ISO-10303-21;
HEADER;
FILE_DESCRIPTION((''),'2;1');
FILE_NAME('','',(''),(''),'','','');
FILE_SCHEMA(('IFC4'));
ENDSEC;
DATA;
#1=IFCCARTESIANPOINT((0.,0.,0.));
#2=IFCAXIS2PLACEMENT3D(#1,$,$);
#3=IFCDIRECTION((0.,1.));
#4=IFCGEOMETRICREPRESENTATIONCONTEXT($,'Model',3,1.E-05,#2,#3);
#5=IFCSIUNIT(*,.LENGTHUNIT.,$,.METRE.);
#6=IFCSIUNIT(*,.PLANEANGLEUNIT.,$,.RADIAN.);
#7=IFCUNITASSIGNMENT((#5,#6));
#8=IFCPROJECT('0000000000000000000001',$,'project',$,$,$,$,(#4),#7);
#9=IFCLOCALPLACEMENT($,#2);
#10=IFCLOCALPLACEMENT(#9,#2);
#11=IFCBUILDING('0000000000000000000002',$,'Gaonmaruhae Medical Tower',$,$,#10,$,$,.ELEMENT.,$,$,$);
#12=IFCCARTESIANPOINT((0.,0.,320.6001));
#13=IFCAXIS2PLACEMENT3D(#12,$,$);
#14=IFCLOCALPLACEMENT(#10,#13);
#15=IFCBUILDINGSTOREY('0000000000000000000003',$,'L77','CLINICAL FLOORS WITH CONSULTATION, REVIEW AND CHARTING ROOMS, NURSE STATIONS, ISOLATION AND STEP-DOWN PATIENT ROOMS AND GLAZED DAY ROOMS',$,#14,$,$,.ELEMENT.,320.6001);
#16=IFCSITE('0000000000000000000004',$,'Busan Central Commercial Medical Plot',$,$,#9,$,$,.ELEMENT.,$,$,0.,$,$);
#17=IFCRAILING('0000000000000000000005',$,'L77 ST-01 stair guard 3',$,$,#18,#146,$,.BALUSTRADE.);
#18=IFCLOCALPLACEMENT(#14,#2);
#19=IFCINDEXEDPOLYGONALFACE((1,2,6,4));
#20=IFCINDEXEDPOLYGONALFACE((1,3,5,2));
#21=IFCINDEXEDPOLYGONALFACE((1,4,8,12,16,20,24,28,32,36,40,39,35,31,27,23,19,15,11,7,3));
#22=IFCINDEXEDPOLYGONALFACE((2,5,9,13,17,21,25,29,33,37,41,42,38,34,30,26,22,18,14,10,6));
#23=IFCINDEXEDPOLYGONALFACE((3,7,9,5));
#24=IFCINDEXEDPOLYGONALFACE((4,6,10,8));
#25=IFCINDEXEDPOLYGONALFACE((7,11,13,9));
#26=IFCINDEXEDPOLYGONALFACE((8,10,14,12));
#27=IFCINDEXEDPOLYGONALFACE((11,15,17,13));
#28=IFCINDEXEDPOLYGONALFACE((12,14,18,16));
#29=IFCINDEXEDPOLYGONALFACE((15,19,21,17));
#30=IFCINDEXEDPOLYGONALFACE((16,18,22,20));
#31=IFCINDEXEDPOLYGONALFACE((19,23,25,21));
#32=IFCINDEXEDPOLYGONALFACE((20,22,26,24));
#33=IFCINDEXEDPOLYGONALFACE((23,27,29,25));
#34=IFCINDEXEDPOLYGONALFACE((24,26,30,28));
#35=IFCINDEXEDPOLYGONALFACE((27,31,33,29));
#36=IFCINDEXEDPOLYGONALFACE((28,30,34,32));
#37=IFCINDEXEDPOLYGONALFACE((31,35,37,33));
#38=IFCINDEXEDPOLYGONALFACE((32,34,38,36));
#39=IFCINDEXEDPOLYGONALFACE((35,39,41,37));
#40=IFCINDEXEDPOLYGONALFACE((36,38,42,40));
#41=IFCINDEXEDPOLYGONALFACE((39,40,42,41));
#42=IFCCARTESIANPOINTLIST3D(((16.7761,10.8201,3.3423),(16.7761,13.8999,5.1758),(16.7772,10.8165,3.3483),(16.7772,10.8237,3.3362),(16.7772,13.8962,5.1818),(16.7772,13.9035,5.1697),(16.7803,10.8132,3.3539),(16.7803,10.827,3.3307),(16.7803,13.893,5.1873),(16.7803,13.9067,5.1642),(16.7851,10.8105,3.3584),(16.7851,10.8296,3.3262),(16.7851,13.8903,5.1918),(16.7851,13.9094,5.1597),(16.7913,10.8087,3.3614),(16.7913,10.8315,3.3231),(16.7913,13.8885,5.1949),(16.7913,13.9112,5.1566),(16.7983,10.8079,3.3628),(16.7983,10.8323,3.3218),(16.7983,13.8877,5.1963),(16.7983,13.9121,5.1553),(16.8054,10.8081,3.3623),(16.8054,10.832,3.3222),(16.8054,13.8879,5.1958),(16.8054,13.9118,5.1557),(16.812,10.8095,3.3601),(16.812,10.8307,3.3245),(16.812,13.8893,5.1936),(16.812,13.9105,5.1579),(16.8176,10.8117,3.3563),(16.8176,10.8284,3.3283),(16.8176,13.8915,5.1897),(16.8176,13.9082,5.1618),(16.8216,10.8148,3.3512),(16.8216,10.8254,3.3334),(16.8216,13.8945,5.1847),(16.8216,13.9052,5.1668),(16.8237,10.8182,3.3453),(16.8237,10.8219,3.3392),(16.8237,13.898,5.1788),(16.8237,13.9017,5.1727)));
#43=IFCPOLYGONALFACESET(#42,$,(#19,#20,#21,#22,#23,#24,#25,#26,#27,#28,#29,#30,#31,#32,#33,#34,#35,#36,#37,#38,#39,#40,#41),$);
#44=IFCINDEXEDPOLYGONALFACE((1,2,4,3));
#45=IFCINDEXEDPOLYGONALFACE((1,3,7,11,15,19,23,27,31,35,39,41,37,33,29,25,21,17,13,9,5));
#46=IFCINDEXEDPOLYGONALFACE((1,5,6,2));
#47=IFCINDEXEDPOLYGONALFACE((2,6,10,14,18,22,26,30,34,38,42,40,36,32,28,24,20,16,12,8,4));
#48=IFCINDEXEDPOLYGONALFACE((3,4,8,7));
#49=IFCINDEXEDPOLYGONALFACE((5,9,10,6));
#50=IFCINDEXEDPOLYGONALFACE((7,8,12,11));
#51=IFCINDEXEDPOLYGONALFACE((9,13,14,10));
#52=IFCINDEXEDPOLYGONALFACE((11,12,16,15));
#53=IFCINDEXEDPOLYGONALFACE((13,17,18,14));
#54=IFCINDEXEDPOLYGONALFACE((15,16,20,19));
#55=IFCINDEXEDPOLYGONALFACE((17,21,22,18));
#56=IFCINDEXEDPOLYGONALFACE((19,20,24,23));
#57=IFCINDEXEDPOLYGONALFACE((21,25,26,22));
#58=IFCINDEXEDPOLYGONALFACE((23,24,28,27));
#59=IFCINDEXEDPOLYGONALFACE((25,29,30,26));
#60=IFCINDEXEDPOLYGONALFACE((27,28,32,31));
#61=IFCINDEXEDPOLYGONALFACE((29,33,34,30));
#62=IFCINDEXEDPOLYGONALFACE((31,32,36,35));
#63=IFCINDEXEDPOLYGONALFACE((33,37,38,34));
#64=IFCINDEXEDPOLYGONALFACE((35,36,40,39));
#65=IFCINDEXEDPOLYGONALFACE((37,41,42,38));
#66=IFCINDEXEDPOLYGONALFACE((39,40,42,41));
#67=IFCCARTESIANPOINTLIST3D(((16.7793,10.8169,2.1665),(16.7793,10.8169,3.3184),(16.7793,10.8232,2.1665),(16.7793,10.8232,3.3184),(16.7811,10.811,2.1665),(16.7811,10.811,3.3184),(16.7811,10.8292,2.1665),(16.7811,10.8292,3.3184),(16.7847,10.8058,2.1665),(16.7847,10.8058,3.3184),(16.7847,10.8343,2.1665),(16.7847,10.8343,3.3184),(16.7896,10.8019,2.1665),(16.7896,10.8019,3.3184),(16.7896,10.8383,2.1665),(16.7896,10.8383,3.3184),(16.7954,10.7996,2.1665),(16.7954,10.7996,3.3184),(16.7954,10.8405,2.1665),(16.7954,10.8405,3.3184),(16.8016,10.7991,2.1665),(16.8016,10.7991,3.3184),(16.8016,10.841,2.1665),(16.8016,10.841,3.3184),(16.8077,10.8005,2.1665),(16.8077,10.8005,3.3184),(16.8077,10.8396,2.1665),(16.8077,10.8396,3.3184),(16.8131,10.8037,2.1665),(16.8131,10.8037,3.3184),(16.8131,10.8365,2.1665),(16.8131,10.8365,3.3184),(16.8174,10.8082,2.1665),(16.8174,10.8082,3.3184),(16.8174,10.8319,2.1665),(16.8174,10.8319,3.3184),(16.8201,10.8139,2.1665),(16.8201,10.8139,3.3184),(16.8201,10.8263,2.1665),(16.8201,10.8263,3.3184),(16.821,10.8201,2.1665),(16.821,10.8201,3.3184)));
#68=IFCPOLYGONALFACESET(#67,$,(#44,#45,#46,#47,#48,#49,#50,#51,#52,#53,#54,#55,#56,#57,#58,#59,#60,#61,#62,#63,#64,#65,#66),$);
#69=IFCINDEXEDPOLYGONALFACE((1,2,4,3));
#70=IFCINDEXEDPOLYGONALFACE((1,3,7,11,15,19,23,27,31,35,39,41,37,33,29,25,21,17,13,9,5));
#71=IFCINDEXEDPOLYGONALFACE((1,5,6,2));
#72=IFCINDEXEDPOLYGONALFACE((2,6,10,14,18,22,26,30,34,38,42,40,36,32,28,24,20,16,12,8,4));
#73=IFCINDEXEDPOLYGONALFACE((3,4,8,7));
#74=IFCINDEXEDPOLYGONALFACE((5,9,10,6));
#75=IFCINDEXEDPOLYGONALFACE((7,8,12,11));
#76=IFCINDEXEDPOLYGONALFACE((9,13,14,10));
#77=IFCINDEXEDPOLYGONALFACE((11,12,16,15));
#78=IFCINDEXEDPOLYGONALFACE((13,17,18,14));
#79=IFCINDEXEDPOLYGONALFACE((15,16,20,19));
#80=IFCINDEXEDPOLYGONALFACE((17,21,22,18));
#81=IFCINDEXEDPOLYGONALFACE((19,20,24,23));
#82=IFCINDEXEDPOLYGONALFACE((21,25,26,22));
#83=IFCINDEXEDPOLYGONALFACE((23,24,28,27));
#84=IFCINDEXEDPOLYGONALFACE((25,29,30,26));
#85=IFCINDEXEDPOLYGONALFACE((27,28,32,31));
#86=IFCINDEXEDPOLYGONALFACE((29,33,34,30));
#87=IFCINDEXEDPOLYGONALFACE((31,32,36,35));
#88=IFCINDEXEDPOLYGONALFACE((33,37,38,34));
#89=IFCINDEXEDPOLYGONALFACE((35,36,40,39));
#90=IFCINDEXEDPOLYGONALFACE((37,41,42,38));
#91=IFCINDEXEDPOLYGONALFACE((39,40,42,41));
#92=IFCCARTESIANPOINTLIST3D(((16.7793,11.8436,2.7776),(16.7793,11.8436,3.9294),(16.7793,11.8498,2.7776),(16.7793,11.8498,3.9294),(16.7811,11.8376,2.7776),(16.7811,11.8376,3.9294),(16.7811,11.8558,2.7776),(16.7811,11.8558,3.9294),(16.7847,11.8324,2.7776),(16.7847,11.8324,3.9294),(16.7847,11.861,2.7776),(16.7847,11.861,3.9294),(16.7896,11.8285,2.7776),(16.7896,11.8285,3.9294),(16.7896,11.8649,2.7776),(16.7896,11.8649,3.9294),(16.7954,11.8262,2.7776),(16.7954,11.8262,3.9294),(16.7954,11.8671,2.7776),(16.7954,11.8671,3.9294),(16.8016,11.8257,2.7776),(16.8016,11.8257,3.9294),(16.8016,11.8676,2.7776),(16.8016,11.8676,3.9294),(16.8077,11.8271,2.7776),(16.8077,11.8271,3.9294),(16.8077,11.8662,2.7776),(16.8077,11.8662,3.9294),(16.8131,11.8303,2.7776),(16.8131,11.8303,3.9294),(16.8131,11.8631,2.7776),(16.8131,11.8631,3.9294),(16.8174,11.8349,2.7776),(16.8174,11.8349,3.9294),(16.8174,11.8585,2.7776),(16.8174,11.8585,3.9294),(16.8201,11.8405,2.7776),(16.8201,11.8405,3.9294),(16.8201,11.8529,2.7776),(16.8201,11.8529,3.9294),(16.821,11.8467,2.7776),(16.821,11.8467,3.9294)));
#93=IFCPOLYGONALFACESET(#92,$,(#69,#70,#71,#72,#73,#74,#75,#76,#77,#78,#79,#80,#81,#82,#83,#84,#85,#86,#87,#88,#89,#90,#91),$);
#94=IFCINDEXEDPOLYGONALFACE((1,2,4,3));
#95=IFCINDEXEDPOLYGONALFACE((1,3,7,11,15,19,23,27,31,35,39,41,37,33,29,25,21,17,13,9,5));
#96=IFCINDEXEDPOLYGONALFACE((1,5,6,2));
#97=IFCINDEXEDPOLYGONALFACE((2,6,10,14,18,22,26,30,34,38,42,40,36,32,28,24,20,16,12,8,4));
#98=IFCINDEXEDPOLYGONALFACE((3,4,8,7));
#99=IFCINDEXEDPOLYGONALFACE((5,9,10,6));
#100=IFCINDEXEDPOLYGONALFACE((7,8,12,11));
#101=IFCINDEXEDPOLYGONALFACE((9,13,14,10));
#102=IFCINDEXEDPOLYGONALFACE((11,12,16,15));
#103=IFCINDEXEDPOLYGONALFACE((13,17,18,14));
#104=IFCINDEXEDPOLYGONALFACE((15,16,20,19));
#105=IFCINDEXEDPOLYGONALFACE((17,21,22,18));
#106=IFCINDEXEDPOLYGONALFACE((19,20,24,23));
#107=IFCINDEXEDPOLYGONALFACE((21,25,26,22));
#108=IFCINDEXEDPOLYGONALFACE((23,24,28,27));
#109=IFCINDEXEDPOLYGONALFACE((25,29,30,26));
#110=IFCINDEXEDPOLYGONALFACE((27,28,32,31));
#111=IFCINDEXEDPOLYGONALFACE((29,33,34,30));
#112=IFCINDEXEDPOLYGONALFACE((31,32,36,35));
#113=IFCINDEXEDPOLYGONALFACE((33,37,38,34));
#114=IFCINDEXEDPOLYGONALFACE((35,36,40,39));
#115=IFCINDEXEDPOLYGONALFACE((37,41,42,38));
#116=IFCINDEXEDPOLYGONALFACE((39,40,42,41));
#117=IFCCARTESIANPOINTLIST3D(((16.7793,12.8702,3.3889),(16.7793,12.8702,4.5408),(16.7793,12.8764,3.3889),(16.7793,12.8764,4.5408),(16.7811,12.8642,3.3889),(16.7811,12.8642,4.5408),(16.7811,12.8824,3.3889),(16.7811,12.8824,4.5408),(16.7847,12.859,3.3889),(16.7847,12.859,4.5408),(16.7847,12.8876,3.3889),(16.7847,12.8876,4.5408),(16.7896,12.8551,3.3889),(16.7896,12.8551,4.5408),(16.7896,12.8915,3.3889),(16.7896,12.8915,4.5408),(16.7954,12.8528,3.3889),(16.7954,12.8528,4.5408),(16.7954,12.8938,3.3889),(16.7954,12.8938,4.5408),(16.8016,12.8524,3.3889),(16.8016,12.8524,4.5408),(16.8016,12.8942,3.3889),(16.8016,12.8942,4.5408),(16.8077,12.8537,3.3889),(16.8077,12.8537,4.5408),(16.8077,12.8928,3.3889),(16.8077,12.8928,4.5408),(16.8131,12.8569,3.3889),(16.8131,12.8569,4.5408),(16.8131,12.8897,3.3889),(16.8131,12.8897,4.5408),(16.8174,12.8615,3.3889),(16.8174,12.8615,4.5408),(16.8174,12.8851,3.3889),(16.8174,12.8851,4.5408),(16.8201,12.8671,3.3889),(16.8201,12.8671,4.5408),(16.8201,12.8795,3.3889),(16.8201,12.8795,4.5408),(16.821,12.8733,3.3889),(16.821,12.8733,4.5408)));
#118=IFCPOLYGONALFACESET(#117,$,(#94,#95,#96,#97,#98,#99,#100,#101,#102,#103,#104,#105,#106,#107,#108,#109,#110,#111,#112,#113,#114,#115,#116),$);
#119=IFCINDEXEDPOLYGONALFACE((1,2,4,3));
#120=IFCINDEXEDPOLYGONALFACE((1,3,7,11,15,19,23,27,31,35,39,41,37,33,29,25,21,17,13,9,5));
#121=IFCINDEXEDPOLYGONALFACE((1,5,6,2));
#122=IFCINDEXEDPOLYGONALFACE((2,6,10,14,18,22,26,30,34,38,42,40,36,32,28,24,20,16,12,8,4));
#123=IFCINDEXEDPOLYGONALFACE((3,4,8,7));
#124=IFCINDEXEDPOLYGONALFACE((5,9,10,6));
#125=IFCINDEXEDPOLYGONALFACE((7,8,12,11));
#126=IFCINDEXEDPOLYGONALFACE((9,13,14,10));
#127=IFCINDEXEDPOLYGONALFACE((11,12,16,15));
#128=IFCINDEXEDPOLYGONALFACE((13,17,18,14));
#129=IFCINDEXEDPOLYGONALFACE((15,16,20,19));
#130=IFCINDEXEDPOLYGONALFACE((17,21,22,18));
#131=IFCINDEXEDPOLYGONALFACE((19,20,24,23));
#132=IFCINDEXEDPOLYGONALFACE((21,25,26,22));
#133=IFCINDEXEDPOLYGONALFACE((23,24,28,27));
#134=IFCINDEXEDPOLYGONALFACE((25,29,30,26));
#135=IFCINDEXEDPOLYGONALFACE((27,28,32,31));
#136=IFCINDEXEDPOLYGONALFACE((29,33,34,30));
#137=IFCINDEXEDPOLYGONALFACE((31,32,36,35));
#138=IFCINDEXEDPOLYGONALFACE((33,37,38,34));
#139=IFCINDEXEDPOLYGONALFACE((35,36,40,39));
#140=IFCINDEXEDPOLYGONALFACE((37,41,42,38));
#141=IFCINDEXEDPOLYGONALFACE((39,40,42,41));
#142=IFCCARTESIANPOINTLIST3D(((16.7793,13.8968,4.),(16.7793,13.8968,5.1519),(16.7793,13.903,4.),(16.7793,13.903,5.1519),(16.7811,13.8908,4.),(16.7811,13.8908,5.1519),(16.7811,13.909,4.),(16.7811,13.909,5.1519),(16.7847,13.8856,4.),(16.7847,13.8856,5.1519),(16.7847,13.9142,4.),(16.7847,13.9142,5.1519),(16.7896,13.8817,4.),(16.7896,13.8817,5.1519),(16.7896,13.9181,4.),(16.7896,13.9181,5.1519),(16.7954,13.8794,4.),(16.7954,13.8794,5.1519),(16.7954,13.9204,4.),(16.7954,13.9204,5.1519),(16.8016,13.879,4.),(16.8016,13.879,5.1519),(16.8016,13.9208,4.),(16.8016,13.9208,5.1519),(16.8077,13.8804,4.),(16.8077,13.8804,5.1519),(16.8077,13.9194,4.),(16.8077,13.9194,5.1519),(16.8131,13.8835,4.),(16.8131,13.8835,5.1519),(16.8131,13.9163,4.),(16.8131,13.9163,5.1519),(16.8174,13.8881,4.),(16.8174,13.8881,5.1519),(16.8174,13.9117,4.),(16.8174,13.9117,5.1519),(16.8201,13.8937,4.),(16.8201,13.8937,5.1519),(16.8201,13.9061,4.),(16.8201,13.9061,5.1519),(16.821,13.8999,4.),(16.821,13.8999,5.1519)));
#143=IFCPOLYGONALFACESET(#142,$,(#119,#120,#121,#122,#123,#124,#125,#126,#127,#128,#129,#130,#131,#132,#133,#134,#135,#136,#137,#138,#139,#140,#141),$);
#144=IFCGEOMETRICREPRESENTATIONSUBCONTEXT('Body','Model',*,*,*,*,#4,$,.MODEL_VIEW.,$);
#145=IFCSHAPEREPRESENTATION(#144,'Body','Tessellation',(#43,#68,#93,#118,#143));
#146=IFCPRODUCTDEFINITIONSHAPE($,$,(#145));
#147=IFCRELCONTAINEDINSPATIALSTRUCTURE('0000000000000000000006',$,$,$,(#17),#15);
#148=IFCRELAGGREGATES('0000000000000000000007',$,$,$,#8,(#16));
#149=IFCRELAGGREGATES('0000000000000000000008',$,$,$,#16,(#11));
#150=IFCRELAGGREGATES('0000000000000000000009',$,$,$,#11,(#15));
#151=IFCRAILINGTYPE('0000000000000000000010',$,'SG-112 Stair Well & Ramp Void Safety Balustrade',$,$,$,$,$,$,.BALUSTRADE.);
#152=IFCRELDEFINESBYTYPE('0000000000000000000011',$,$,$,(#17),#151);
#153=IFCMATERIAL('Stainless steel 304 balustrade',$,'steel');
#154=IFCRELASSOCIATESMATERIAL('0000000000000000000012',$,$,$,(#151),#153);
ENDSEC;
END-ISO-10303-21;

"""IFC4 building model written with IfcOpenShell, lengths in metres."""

from ifc_helpers import new_model, si_unit, direction, frame, origin, origin_2d, place, context, subcontext, project, spatial, circle, extrude, material, type_object, element, save


model = new_model("IFC4")

# Units and contexts
model_context = context("Model", 3, precision=1e-05, world=origin(), true_north=direction((0.0, 1.0)))
body_context = subcontext(model_context, "Body", "Model", "MODEL_VIEW")
ifc_project = project(units=[si_unit("LENGTHUNIT", "METRE"), si_unit("PLANEANGLEUNIT", "RADIAN")], contexts=[model_context])

# Site, building, storey
site_placement = place(None, origin())
site = spatial("IfcSite", under=ifc_project, at=site_placement, Name="Busan Central Commercial Medical Plot", CompositionType="ELEMENT", RefElevation=0.0)
building_placement = place(site_placement, origin())
building = spatial("IfcBuilding", under=site, at=building_placement, Name="Gaonmaruhae Medical Tower", CompositionType="ELEMENT")
storey_placement = place(building_placement, frame((0.0, 0.0, 320.6001)))
storey = spatial("IfcBuildingStorey", under=building, at=storey_placement, Name="L77", Description="CLINICAL FLOORS WITH CONSULTATION, REVIEW AND CHARTING ROOMS, NURSE STATIONS, ISOLATION AND STEP-DOWN PATIENT ROOMS AND GLAZED DAY ROOMS", CompositionType="ELEMENT", Elevation=320.6001)

# Railing
ifc_material_1 = material(Name="Stainless steel 304 balustrade", Category="steel")
railing_type_1 = type_object("IfcRailingType", Name="SG-112 Stair Well & Ramp Void Safety Balustrade", PredefinedType="BALUSTRADE", material=ifc_material_1)
railing_1_placement = place(storey_placement, frame((16.8, 10.8201, 2.1665)))
element("IfcRailing", 1, at=railing_1_placement, inside=storey, type_object=railing_type_1, Name="L77 ST-01 stair guard 3", PredefinedType="BALUSTRADE", context=body_context, shape_type="SweptSolid", body=[
    extrude(circle(Radius=0.0239, at=origin_2d()), frame((0.0, 0.0, 1.1758), z_axis=(0.0, 0.859261, 0.511538), x_axis=(-1.0, 0.0, 0.0)), (0.0, 0.0, 1.0), 3.5842),
    extrude(circle(Radius=0.021, at=origin_2d()), origin(), (0.0, 0.0, 1.0), 1.1519),
    extrude(circle(Radius=0.021, at=origin_2d()), frame((0.0, 1.0266, 0.6111)), (0.0, 0.0, 1.0), 1.1519),
    extrude(circle(Radius=0.021, at=origin_2d()), frame((0.0, 2.0532, 1.2224)), (0.0, 0.0, 1.0), 1.1519),
    extrude(circle(Radius=0.021, at=origin_2d()), frame((0.0, 3.0798, 1.8335)), (0.0, 0.0, 1.0), 1.1519),
])

save(model, "model.ifc")
